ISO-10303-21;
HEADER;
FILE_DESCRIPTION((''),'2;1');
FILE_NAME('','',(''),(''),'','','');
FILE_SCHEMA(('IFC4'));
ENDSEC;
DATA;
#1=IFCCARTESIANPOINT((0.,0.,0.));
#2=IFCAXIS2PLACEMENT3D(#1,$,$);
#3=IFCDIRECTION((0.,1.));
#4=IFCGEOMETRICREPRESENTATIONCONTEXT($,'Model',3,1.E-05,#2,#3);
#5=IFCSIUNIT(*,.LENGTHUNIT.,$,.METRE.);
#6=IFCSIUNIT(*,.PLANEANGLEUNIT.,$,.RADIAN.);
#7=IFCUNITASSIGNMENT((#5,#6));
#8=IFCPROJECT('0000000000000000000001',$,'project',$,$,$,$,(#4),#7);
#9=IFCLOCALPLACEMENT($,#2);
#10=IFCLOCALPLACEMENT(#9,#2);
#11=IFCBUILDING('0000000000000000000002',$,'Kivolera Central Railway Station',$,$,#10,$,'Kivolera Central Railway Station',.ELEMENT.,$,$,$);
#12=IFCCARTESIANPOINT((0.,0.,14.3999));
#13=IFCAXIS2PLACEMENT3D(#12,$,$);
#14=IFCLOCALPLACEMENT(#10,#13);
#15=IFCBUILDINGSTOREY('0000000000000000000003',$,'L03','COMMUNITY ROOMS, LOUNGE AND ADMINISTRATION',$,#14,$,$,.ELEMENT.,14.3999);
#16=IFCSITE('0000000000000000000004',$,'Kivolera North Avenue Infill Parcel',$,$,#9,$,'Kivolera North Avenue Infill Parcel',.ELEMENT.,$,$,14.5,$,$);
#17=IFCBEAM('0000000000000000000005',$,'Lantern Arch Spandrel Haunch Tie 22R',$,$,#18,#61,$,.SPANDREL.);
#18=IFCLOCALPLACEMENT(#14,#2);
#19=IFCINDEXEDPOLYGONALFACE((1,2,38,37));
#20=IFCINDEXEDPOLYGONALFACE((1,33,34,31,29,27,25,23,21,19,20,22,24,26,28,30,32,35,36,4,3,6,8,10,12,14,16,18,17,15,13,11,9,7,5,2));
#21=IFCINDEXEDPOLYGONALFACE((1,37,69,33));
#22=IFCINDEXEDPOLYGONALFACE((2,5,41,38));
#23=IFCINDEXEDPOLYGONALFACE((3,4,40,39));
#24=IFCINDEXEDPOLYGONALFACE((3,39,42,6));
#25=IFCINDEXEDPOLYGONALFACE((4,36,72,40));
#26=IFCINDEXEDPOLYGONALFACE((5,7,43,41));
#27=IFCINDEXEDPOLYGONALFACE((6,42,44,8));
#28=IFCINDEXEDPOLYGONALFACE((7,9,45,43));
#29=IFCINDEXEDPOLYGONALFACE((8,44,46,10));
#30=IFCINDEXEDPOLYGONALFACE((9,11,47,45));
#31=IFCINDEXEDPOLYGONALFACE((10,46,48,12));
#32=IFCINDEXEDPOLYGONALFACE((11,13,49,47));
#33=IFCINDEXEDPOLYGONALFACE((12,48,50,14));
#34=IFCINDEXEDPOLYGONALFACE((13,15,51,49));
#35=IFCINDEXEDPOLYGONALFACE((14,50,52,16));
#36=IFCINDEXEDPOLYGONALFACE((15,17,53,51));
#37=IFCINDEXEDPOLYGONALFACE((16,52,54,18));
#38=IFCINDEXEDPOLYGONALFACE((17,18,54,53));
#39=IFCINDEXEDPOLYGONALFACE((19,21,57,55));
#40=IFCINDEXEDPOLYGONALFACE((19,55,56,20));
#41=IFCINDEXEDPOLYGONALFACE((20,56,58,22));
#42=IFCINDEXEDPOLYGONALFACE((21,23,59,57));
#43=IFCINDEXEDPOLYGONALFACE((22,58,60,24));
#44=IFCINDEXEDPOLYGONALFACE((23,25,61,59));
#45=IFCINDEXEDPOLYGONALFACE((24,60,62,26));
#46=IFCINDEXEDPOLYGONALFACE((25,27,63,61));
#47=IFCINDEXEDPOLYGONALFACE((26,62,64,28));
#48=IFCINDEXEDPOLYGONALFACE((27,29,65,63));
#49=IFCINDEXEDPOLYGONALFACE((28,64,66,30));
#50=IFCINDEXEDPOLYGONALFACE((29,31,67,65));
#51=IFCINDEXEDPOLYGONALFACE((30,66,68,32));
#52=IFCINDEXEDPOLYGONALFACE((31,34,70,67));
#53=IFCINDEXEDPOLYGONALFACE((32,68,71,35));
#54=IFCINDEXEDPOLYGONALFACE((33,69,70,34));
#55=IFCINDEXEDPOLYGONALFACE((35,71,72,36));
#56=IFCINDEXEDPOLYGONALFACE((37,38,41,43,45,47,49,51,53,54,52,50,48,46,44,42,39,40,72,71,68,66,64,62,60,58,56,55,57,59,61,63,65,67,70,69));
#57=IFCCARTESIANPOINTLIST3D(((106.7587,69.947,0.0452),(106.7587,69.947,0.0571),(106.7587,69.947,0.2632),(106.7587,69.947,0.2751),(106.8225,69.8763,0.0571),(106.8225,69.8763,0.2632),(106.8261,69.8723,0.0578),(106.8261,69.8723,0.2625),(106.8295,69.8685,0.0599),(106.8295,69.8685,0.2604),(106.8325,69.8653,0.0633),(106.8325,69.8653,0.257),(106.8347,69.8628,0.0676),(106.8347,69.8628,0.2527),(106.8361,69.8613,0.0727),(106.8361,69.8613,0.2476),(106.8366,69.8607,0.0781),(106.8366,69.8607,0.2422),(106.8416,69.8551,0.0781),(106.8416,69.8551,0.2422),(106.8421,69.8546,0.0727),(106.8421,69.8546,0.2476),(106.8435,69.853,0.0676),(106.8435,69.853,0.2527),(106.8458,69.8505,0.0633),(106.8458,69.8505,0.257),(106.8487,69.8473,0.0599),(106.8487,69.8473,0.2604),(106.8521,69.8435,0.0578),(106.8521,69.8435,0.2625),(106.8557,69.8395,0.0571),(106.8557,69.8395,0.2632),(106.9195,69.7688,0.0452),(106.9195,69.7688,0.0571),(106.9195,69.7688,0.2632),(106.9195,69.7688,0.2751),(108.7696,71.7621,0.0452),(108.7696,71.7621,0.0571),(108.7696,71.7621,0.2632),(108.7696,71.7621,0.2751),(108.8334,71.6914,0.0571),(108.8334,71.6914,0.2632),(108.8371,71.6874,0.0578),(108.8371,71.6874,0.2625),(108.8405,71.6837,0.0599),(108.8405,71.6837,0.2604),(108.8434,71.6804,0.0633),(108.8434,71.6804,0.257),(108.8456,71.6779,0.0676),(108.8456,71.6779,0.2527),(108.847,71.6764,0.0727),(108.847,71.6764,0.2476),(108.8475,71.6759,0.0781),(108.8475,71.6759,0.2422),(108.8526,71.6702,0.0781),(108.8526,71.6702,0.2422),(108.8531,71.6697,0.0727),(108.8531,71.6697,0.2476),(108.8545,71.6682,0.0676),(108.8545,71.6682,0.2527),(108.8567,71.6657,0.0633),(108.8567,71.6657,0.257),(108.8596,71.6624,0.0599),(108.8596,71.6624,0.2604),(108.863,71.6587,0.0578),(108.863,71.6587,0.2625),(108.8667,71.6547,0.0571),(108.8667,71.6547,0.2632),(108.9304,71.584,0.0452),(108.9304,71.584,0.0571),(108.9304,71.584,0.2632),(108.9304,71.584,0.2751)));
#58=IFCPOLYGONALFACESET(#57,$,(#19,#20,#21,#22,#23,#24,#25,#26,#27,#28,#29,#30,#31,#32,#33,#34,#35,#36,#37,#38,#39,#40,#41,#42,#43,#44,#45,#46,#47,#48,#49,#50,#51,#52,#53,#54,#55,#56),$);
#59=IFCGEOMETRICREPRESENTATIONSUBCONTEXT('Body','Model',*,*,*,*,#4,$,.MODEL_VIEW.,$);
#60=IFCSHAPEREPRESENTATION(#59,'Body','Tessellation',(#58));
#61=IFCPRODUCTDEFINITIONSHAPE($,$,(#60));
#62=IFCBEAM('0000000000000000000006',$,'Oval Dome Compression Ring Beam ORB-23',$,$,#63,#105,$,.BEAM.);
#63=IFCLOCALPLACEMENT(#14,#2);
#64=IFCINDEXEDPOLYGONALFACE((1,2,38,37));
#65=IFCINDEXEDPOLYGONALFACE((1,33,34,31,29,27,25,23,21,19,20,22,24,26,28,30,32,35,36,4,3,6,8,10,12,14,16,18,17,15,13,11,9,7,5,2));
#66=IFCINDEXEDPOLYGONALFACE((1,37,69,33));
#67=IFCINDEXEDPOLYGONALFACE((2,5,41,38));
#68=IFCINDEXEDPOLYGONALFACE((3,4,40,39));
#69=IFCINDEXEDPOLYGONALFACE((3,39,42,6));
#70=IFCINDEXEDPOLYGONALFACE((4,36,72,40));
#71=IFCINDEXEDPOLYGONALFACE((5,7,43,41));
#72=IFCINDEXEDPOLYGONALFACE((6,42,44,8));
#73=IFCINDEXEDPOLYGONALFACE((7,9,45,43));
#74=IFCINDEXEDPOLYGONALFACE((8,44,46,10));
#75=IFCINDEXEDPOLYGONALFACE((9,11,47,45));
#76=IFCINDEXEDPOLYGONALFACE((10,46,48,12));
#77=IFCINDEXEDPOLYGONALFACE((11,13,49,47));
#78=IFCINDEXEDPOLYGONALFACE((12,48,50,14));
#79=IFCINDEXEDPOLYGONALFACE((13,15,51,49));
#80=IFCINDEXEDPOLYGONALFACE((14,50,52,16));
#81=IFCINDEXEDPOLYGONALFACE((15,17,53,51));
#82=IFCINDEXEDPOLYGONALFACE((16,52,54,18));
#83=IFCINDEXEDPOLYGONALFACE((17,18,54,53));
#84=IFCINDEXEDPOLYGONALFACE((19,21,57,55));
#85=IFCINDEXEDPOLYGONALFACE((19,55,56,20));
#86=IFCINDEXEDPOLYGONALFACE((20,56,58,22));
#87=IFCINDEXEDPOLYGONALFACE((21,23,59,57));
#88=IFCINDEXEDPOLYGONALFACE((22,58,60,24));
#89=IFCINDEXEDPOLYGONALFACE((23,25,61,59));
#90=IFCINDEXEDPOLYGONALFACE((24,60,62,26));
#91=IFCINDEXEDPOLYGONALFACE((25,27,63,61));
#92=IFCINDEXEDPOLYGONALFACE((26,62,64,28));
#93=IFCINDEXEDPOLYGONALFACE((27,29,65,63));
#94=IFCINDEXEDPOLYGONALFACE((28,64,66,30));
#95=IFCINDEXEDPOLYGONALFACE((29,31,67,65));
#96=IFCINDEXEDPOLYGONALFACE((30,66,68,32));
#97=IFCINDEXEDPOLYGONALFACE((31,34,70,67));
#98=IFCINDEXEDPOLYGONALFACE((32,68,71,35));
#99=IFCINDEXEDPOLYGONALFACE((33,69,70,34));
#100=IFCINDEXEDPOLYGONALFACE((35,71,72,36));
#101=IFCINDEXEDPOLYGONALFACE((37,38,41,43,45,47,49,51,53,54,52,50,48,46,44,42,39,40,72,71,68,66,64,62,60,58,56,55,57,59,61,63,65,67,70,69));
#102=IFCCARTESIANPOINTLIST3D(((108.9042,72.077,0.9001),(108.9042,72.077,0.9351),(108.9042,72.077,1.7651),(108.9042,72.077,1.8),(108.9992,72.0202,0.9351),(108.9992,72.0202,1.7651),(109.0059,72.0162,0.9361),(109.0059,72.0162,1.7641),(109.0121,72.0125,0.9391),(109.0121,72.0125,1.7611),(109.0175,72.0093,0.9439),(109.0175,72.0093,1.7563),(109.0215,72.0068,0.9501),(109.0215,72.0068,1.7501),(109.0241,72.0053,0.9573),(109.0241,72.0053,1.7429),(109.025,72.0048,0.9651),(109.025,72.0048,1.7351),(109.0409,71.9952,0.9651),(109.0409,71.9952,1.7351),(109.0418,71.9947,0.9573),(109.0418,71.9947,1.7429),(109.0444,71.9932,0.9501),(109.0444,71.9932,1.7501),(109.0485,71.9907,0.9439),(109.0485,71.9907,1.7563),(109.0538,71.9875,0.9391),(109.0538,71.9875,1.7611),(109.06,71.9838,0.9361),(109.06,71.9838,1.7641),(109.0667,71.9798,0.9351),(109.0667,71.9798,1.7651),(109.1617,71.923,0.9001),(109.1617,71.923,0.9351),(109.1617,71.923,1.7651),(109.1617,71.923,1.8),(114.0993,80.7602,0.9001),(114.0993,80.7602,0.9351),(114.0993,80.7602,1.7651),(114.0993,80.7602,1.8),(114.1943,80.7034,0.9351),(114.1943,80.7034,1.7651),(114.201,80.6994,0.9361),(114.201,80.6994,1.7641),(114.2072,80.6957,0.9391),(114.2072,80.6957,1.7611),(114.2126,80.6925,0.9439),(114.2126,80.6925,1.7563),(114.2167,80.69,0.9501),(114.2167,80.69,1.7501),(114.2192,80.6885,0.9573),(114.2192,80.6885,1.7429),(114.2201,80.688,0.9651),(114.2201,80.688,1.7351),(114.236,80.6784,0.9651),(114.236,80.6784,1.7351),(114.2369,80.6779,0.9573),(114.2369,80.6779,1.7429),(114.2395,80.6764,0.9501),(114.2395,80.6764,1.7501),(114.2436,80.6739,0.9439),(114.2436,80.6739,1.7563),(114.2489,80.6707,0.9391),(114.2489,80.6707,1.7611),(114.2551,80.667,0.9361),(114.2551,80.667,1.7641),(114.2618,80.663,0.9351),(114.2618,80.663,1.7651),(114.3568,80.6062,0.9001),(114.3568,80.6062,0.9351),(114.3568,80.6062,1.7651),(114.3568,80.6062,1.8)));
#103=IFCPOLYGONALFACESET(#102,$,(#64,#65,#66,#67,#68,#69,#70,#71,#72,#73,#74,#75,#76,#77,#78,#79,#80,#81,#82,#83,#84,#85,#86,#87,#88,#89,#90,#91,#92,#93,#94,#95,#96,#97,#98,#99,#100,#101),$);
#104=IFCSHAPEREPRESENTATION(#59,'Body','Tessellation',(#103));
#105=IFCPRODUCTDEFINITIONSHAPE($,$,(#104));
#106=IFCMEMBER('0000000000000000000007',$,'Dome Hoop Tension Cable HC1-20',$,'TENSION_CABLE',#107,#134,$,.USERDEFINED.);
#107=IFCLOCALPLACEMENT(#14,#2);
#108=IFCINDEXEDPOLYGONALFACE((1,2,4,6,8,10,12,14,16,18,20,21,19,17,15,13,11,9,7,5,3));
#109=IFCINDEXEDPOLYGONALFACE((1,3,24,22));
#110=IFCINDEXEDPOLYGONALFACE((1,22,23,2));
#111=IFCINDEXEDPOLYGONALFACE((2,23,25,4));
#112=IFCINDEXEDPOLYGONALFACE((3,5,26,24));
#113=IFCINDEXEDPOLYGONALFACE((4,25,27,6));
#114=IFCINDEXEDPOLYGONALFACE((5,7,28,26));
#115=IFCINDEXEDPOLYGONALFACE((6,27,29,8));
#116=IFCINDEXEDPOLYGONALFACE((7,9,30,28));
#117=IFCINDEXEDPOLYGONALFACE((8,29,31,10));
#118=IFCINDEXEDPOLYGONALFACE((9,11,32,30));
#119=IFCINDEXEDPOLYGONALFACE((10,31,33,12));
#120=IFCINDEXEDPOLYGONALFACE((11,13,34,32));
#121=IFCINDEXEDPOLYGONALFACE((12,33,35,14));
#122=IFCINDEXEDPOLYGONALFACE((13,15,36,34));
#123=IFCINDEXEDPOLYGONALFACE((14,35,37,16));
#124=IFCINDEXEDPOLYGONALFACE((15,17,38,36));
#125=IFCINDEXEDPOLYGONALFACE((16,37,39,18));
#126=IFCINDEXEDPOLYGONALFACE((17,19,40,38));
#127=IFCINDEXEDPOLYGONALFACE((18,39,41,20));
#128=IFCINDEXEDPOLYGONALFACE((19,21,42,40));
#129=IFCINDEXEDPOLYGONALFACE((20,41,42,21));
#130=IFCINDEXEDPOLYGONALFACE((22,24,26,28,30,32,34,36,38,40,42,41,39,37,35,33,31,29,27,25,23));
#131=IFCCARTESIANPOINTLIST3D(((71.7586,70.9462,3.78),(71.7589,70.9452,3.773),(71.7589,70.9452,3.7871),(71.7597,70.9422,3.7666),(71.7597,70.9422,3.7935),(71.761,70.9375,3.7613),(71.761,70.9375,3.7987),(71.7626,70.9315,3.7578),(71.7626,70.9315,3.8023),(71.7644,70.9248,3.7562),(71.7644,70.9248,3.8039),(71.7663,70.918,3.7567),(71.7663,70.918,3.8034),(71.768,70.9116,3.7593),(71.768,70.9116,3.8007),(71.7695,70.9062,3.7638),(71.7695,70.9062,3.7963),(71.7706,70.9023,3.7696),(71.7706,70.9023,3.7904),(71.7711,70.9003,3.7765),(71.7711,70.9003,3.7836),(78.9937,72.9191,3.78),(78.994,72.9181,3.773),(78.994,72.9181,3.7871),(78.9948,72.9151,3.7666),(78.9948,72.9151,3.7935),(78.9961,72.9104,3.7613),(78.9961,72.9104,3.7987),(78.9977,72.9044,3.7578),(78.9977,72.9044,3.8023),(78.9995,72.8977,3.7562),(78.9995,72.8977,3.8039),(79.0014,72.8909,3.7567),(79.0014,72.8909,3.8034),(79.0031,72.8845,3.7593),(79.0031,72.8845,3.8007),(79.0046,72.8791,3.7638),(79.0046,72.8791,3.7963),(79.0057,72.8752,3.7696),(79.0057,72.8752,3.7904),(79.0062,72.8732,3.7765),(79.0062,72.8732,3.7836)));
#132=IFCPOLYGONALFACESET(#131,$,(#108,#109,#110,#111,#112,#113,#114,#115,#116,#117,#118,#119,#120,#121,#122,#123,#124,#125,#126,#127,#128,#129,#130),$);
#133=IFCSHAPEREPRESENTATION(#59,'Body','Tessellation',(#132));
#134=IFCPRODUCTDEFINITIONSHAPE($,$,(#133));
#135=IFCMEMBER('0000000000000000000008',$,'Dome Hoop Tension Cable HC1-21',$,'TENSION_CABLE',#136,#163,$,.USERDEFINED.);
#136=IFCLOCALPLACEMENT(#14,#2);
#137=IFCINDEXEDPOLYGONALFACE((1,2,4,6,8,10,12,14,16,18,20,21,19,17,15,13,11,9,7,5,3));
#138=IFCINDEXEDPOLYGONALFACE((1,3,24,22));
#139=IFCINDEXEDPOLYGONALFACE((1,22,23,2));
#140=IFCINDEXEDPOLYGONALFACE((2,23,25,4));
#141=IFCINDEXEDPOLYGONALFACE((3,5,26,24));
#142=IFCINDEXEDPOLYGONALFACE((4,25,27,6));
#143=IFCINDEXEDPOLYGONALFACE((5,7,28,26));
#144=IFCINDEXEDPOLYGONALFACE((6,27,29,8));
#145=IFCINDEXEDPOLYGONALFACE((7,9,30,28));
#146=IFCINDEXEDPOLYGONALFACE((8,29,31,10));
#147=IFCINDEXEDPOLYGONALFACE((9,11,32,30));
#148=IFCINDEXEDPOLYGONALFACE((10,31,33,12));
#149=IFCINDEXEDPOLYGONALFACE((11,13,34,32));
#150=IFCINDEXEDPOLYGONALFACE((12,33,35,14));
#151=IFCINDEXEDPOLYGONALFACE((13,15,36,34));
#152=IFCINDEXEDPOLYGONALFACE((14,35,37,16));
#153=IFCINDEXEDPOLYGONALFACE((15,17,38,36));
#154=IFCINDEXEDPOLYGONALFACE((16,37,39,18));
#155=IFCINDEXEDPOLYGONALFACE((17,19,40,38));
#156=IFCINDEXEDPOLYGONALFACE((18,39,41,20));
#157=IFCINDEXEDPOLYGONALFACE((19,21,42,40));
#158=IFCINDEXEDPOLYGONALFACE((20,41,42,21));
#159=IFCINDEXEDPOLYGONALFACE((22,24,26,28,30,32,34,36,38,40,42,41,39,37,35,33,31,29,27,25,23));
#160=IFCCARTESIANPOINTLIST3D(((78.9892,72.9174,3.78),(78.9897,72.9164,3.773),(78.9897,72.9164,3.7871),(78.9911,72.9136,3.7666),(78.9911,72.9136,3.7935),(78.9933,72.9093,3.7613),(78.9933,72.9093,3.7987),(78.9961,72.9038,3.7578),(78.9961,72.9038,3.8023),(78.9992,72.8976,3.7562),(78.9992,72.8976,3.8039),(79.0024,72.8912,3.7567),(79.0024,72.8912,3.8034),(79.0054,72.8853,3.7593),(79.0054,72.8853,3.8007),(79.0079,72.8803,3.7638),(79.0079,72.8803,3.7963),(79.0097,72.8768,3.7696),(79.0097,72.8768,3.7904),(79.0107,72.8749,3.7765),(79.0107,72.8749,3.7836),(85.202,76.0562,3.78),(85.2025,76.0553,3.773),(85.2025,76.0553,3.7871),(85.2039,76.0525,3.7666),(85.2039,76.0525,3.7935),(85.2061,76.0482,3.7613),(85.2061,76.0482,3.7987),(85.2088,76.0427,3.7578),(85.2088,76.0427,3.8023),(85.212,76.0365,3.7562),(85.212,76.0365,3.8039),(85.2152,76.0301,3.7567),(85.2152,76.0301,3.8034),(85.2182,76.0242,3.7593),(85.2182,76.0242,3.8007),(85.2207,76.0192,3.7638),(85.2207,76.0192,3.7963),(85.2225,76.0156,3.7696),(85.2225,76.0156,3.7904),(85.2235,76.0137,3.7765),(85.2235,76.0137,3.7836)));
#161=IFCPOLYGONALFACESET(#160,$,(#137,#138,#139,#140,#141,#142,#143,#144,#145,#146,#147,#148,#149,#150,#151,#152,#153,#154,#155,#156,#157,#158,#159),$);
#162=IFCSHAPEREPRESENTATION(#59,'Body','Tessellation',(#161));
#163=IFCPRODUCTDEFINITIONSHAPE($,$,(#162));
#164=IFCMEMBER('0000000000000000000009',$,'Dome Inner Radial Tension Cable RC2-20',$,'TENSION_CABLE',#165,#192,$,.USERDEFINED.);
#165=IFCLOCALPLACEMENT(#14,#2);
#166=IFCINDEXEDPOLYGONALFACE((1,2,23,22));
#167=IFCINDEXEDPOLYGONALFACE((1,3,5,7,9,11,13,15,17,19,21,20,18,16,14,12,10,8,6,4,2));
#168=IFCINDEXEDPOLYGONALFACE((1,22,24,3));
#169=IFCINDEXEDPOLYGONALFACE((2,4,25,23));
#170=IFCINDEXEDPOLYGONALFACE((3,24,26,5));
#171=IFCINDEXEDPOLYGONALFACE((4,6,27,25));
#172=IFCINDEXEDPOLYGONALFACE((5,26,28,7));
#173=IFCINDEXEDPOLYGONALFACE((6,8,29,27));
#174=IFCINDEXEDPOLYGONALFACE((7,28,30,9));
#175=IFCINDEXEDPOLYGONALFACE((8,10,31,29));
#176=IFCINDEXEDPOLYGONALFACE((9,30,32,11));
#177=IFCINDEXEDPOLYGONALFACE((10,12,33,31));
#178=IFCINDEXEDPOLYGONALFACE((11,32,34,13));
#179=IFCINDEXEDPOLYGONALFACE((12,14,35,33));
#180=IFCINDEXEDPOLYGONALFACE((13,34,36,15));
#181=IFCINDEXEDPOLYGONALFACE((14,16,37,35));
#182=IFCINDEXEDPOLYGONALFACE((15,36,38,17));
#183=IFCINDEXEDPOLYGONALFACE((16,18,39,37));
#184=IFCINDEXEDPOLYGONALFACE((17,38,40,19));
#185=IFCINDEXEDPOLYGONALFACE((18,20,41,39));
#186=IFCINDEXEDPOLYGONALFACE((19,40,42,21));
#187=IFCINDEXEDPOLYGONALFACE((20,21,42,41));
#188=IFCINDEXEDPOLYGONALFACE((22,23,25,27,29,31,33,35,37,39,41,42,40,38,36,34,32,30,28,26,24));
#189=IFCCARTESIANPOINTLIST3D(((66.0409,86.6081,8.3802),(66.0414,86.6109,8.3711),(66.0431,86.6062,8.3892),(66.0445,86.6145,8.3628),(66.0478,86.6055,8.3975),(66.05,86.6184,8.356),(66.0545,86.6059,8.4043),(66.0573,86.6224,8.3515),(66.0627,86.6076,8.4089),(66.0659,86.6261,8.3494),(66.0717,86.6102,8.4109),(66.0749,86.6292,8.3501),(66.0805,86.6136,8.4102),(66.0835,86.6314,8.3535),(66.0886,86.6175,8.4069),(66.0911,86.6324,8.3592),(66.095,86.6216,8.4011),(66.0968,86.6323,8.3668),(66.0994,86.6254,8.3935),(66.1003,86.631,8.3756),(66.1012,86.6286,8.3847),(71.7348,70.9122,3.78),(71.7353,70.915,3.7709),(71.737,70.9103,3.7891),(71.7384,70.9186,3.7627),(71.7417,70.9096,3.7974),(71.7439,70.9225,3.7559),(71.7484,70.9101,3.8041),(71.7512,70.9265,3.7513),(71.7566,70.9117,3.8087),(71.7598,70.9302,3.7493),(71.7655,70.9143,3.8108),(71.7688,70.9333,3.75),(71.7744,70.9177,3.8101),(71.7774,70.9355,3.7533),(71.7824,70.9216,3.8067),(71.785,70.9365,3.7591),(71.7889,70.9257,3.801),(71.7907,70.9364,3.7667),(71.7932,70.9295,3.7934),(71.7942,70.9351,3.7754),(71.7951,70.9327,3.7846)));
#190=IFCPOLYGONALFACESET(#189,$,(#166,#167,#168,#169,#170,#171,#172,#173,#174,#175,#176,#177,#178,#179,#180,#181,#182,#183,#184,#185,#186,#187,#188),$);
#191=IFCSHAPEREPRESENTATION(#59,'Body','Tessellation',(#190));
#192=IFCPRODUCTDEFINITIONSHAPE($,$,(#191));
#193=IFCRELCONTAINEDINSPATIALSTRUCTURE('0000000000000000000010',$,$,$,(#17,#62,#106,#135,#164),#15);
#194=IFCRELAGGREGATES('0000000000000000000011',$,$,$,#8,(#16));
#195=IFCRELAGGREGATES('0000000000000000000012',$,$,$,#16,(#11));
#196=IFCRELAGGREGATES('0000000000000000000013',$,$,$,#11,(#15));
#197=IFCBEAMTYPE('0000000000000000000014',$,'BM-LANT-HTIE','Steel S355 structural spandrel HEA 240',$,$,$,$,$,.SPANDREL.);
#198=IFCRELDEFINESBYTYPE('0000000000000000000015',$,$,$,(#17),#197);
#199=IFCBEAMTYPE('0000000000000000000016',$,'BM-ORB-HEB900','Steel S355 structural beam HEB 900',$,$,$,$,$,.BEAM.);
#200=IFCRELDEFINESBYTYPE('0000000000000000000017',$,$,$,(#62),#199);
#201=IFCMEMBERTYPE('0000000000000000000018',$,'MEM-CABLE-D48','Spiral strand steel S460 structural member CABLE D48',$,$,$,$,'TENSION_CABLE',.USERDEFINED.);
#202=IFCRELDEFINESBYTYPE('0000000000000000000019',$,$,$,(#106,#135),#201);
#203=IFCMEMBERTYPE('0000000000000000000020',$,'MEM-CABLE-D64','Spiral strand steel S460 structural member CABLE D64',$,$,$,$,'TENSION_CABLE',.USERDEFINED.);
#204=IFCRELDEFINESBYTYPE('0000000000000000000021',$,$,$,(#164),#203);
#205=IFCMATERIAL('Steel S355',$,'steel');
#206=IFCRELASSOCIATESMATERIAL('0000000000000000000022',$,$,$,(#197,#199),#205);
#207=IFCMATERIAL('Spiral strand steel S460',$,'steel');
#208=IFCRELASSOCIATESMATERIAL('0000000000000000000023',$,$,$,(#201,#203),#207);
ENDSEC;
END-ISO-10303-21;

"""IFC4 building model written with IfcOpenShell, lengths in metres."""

from ifc_helpers import new_model, si_unit, direction, frame, origin, origin_2d, place, context, subcontext, project, spatial, circle, i_section, extrude, material, material_profile, profile_set, type_object, element, save


model = new_model("IFC4")

# Units and contexts
model_context = context("Model", 3, precision=1e-05, world=origin(), true_north=direction((0.0, 1.0)))
body_context = subcontext(model_context, "Body", "Model", "MODEL_VIEW")
ifc_project = project(units=[si_unit("LENGTHUNIT", "METRE"), si_unit("PLANEANGLEUNIT", "RADIAN")], contexts=[model_context])

# Site, building, storey
site_placement = place(None, origin())
site = spatial("IfcSite", under=ifc_project, at=site_placement, Name="Kivolera North Avenue Infill Parcel", LongName="Kivolera North Avenue Infill Parcel", CompositionType="ELEMENT", RefElevation=14.5)
building_placement = place(site_placement, origin())
building = spatial("IfcBuilding", under=site, at=building_placement, Name="Kivolera Central Railway Station", LongName="Kivolera Central Railway Station", CompositionType="ELEMENT")
storey_placement = place(building_placement, frame((0.0, 0.0, 14.3999)))
storey = spatial("IfcBuildingStorey", under=building, at=storey_placement, Name="L03", Description="COMMUNITY ROOMS, LOUNGE AND ADMINISTRATION", CompositionType="ELEMENT", Elevation=14.3999)

# Beams
ifc_material_1 = material(Name="Steel S355", Category="steel")
ifc_material_profile_1 = material_profile(ifc_material_1, i_section(OverallWidth=0.24, OverallDepth=0.23, WebThickness=0.0076, FlangeThickness=0.012, FilletRadius=0.021, at=origin_2d()), Name="HEA 240")
ifc_profile_set_1 = profile_set([ifc_material_profile_1], Name="Steel S355")
beam_type_1 = type_object("IfcBeamType", Name="BM-LANT-HTIE", Description="Steel S355 structural spandrel HEA 240", PredefinedType="SPANDREL", material=ifc_profile_set_1)
beam_1_placement = place(storey_placement, frame((106.8391, 69.8579, 0.1602), z_axis=(0.742321, 0.670044, 0.0), x_axis=(-0.670044, 0.742321, 0.0)))
element("IfcBeam", 1, at=beam_1_placement, inside=storey, type_object=beam_type_1, Name="Lantern Arch Spandrel Haunch Tie 22R", PredefinedType="SPANDREL", context=body_context, shape_type="SweptSolid", body=[
    extrude(i_section(OverallWidth=0.24, OverallDepth=0.23, WebThickness=0.0076, FlangeThickness=0.012, FilletRadius=0.021, at=origin_2d()), origin(), (0.0, 0.0, 1.0), 2.709),
])
ifc_material_profile_2 = material_profile(ifc_material_1, i_section(OverallWidth=0.3, OverallDepth=0.8999, WebThickness=0.0186, FlangeThickness=0.0349, FilletRadius=0.03, at=origin_2d()), Name="HEB 900")
ifc_profile_set_2 = profile_set([ifc_material_profile_2], Name="Steel S355")
beam_type_2 = type_object("IfcBeamType", Name="BM-ORB-HEB900", Description="Steel S355 structural beam HEB 900", PredefinedType="BEAM", material=ifc_profile_set_2)
beam_2_placement = place(storey_placement, frame((109.033, 72.0, 1.3501), z_axis=(0.51342, 0.858137, 0.0), x_axis=(-0.858137, 0.51342, 0.0)))
element("IfcBeam", 2, at=beam_2_placement, inside=storey, type_object=beam_type_2, Name="Oval Dome Compression Ring Beam ORB-23", PredefinedType="BEAM", context=body_context, shape_type="SweptSolid", body=[
    extrude(i_section(OverallWidth=0.3, OverallDepth=0.8999, WebThickness=0.0186, FlangeThickness=0.0349, FilletRadius=0.03, at=origin_2d()), origin(), (0.0, 0.0, 1.0), 10.1187),
])

# Members
ifc_material_2 = material(Name="Spiral strand steel S460", Category="steel")
ifc_material_profile_3 = material_profile(ifc_material_2, circle(Radius=0.0239, at=origin_2d()), Name="CABLE D48")
ifc_profile_set_3 = profile_set([ifc_material_profile_3], Name="Spiral strand steel S460")
member_type_1 = type_object("IfcMemberType", Name="MEM-CABLE-D48", Description="Spiral strand steel S460 structural member CABLE D48", ElementType="TENSION_CABLE", PredefinedType="USERDEFINED", material=ifc_profile_set_3)
member_1_placement = place(storey_placement, frame((71.7649, 70.9231, 3.78), z_axis=(0.964774, 0.263079, 0.0), x_axis=(-0.263079, 0.964774, 0.0)))
element("IfcMember", 3, at=member_1_placement, inside=storey, type_object=member_type_1, Name="Dome Hoop Tension Cable HC1-20", ObjectType="TENSION_CABLE", PredefinedType="USERDEFINED", context=body_context, shape_type="SweptSolid", body=[
    extrude(circle(Radius=0.0239, at=origin_2d()), origin(), (0.0, 0.0, 1.0), 7.4993),
])
member_2_placement = place(storey_placement, frame((79.0, 72.896, 3.78), z_axis=(0.892553, 0.450942, 0.0), x_axis=(-0.450942, 0.892553, 0.0)))
element("IfcMember", 4, at=member_2_placement, inside=storey, type_object=member_type_1, Name="Dome Hoop Tension Cable HC1-21", ObjectType="TENSION_CABLE", PredefinedType="USERDEFINED", context=body_context, shape_type="SweptSolid", body=[
    extrude(circle(Radius=0.0239, at=origin_2d()), origin(), (0.0, 0.0, 1.0), 6.9607),
])
ifc_material_profile_4 = material_profile(ifc_material_2, circle(Radius=0.032, at=origin_2d()), Name="CABLE D64")
ifc_profile_set_4 = profile_set([ifc_material_profile_4], Name="Spiral strand steel S460")
member_type_2 = type_object("IfcMemberType", Name="MEM-CABLE-D64", Description="Spiral strand steel S460 structural member CABLE D64", ElementType="TENSION_CABLE", PredefinedType="USERDEFINED", material=ifc_profile_set_4)
member_3_placement = place(storey_placement, frame((71.7649, 70.9231, 3.78), z_axis=(-0.328768, 0.90629, 0.265614), x_axis=(-0.940057, -0.341017, 0.0)))
element("IfcMember", 5, at=member_3_placement, inside=storey, type_object=member_type_2, Name="Dome Inner Radial Tension Cable RC2-20", ObjectType="TENSION_CABLE", PredefinedType="USERDEFINED", context=body_context, shape_type="SweptSolid", body=[
    extrude(circle(Radius=0.032, at=origin_2d()), origin(), (0.0, 0.0, 1.0), 17.3188),
])

save(model, "model.ifc")
